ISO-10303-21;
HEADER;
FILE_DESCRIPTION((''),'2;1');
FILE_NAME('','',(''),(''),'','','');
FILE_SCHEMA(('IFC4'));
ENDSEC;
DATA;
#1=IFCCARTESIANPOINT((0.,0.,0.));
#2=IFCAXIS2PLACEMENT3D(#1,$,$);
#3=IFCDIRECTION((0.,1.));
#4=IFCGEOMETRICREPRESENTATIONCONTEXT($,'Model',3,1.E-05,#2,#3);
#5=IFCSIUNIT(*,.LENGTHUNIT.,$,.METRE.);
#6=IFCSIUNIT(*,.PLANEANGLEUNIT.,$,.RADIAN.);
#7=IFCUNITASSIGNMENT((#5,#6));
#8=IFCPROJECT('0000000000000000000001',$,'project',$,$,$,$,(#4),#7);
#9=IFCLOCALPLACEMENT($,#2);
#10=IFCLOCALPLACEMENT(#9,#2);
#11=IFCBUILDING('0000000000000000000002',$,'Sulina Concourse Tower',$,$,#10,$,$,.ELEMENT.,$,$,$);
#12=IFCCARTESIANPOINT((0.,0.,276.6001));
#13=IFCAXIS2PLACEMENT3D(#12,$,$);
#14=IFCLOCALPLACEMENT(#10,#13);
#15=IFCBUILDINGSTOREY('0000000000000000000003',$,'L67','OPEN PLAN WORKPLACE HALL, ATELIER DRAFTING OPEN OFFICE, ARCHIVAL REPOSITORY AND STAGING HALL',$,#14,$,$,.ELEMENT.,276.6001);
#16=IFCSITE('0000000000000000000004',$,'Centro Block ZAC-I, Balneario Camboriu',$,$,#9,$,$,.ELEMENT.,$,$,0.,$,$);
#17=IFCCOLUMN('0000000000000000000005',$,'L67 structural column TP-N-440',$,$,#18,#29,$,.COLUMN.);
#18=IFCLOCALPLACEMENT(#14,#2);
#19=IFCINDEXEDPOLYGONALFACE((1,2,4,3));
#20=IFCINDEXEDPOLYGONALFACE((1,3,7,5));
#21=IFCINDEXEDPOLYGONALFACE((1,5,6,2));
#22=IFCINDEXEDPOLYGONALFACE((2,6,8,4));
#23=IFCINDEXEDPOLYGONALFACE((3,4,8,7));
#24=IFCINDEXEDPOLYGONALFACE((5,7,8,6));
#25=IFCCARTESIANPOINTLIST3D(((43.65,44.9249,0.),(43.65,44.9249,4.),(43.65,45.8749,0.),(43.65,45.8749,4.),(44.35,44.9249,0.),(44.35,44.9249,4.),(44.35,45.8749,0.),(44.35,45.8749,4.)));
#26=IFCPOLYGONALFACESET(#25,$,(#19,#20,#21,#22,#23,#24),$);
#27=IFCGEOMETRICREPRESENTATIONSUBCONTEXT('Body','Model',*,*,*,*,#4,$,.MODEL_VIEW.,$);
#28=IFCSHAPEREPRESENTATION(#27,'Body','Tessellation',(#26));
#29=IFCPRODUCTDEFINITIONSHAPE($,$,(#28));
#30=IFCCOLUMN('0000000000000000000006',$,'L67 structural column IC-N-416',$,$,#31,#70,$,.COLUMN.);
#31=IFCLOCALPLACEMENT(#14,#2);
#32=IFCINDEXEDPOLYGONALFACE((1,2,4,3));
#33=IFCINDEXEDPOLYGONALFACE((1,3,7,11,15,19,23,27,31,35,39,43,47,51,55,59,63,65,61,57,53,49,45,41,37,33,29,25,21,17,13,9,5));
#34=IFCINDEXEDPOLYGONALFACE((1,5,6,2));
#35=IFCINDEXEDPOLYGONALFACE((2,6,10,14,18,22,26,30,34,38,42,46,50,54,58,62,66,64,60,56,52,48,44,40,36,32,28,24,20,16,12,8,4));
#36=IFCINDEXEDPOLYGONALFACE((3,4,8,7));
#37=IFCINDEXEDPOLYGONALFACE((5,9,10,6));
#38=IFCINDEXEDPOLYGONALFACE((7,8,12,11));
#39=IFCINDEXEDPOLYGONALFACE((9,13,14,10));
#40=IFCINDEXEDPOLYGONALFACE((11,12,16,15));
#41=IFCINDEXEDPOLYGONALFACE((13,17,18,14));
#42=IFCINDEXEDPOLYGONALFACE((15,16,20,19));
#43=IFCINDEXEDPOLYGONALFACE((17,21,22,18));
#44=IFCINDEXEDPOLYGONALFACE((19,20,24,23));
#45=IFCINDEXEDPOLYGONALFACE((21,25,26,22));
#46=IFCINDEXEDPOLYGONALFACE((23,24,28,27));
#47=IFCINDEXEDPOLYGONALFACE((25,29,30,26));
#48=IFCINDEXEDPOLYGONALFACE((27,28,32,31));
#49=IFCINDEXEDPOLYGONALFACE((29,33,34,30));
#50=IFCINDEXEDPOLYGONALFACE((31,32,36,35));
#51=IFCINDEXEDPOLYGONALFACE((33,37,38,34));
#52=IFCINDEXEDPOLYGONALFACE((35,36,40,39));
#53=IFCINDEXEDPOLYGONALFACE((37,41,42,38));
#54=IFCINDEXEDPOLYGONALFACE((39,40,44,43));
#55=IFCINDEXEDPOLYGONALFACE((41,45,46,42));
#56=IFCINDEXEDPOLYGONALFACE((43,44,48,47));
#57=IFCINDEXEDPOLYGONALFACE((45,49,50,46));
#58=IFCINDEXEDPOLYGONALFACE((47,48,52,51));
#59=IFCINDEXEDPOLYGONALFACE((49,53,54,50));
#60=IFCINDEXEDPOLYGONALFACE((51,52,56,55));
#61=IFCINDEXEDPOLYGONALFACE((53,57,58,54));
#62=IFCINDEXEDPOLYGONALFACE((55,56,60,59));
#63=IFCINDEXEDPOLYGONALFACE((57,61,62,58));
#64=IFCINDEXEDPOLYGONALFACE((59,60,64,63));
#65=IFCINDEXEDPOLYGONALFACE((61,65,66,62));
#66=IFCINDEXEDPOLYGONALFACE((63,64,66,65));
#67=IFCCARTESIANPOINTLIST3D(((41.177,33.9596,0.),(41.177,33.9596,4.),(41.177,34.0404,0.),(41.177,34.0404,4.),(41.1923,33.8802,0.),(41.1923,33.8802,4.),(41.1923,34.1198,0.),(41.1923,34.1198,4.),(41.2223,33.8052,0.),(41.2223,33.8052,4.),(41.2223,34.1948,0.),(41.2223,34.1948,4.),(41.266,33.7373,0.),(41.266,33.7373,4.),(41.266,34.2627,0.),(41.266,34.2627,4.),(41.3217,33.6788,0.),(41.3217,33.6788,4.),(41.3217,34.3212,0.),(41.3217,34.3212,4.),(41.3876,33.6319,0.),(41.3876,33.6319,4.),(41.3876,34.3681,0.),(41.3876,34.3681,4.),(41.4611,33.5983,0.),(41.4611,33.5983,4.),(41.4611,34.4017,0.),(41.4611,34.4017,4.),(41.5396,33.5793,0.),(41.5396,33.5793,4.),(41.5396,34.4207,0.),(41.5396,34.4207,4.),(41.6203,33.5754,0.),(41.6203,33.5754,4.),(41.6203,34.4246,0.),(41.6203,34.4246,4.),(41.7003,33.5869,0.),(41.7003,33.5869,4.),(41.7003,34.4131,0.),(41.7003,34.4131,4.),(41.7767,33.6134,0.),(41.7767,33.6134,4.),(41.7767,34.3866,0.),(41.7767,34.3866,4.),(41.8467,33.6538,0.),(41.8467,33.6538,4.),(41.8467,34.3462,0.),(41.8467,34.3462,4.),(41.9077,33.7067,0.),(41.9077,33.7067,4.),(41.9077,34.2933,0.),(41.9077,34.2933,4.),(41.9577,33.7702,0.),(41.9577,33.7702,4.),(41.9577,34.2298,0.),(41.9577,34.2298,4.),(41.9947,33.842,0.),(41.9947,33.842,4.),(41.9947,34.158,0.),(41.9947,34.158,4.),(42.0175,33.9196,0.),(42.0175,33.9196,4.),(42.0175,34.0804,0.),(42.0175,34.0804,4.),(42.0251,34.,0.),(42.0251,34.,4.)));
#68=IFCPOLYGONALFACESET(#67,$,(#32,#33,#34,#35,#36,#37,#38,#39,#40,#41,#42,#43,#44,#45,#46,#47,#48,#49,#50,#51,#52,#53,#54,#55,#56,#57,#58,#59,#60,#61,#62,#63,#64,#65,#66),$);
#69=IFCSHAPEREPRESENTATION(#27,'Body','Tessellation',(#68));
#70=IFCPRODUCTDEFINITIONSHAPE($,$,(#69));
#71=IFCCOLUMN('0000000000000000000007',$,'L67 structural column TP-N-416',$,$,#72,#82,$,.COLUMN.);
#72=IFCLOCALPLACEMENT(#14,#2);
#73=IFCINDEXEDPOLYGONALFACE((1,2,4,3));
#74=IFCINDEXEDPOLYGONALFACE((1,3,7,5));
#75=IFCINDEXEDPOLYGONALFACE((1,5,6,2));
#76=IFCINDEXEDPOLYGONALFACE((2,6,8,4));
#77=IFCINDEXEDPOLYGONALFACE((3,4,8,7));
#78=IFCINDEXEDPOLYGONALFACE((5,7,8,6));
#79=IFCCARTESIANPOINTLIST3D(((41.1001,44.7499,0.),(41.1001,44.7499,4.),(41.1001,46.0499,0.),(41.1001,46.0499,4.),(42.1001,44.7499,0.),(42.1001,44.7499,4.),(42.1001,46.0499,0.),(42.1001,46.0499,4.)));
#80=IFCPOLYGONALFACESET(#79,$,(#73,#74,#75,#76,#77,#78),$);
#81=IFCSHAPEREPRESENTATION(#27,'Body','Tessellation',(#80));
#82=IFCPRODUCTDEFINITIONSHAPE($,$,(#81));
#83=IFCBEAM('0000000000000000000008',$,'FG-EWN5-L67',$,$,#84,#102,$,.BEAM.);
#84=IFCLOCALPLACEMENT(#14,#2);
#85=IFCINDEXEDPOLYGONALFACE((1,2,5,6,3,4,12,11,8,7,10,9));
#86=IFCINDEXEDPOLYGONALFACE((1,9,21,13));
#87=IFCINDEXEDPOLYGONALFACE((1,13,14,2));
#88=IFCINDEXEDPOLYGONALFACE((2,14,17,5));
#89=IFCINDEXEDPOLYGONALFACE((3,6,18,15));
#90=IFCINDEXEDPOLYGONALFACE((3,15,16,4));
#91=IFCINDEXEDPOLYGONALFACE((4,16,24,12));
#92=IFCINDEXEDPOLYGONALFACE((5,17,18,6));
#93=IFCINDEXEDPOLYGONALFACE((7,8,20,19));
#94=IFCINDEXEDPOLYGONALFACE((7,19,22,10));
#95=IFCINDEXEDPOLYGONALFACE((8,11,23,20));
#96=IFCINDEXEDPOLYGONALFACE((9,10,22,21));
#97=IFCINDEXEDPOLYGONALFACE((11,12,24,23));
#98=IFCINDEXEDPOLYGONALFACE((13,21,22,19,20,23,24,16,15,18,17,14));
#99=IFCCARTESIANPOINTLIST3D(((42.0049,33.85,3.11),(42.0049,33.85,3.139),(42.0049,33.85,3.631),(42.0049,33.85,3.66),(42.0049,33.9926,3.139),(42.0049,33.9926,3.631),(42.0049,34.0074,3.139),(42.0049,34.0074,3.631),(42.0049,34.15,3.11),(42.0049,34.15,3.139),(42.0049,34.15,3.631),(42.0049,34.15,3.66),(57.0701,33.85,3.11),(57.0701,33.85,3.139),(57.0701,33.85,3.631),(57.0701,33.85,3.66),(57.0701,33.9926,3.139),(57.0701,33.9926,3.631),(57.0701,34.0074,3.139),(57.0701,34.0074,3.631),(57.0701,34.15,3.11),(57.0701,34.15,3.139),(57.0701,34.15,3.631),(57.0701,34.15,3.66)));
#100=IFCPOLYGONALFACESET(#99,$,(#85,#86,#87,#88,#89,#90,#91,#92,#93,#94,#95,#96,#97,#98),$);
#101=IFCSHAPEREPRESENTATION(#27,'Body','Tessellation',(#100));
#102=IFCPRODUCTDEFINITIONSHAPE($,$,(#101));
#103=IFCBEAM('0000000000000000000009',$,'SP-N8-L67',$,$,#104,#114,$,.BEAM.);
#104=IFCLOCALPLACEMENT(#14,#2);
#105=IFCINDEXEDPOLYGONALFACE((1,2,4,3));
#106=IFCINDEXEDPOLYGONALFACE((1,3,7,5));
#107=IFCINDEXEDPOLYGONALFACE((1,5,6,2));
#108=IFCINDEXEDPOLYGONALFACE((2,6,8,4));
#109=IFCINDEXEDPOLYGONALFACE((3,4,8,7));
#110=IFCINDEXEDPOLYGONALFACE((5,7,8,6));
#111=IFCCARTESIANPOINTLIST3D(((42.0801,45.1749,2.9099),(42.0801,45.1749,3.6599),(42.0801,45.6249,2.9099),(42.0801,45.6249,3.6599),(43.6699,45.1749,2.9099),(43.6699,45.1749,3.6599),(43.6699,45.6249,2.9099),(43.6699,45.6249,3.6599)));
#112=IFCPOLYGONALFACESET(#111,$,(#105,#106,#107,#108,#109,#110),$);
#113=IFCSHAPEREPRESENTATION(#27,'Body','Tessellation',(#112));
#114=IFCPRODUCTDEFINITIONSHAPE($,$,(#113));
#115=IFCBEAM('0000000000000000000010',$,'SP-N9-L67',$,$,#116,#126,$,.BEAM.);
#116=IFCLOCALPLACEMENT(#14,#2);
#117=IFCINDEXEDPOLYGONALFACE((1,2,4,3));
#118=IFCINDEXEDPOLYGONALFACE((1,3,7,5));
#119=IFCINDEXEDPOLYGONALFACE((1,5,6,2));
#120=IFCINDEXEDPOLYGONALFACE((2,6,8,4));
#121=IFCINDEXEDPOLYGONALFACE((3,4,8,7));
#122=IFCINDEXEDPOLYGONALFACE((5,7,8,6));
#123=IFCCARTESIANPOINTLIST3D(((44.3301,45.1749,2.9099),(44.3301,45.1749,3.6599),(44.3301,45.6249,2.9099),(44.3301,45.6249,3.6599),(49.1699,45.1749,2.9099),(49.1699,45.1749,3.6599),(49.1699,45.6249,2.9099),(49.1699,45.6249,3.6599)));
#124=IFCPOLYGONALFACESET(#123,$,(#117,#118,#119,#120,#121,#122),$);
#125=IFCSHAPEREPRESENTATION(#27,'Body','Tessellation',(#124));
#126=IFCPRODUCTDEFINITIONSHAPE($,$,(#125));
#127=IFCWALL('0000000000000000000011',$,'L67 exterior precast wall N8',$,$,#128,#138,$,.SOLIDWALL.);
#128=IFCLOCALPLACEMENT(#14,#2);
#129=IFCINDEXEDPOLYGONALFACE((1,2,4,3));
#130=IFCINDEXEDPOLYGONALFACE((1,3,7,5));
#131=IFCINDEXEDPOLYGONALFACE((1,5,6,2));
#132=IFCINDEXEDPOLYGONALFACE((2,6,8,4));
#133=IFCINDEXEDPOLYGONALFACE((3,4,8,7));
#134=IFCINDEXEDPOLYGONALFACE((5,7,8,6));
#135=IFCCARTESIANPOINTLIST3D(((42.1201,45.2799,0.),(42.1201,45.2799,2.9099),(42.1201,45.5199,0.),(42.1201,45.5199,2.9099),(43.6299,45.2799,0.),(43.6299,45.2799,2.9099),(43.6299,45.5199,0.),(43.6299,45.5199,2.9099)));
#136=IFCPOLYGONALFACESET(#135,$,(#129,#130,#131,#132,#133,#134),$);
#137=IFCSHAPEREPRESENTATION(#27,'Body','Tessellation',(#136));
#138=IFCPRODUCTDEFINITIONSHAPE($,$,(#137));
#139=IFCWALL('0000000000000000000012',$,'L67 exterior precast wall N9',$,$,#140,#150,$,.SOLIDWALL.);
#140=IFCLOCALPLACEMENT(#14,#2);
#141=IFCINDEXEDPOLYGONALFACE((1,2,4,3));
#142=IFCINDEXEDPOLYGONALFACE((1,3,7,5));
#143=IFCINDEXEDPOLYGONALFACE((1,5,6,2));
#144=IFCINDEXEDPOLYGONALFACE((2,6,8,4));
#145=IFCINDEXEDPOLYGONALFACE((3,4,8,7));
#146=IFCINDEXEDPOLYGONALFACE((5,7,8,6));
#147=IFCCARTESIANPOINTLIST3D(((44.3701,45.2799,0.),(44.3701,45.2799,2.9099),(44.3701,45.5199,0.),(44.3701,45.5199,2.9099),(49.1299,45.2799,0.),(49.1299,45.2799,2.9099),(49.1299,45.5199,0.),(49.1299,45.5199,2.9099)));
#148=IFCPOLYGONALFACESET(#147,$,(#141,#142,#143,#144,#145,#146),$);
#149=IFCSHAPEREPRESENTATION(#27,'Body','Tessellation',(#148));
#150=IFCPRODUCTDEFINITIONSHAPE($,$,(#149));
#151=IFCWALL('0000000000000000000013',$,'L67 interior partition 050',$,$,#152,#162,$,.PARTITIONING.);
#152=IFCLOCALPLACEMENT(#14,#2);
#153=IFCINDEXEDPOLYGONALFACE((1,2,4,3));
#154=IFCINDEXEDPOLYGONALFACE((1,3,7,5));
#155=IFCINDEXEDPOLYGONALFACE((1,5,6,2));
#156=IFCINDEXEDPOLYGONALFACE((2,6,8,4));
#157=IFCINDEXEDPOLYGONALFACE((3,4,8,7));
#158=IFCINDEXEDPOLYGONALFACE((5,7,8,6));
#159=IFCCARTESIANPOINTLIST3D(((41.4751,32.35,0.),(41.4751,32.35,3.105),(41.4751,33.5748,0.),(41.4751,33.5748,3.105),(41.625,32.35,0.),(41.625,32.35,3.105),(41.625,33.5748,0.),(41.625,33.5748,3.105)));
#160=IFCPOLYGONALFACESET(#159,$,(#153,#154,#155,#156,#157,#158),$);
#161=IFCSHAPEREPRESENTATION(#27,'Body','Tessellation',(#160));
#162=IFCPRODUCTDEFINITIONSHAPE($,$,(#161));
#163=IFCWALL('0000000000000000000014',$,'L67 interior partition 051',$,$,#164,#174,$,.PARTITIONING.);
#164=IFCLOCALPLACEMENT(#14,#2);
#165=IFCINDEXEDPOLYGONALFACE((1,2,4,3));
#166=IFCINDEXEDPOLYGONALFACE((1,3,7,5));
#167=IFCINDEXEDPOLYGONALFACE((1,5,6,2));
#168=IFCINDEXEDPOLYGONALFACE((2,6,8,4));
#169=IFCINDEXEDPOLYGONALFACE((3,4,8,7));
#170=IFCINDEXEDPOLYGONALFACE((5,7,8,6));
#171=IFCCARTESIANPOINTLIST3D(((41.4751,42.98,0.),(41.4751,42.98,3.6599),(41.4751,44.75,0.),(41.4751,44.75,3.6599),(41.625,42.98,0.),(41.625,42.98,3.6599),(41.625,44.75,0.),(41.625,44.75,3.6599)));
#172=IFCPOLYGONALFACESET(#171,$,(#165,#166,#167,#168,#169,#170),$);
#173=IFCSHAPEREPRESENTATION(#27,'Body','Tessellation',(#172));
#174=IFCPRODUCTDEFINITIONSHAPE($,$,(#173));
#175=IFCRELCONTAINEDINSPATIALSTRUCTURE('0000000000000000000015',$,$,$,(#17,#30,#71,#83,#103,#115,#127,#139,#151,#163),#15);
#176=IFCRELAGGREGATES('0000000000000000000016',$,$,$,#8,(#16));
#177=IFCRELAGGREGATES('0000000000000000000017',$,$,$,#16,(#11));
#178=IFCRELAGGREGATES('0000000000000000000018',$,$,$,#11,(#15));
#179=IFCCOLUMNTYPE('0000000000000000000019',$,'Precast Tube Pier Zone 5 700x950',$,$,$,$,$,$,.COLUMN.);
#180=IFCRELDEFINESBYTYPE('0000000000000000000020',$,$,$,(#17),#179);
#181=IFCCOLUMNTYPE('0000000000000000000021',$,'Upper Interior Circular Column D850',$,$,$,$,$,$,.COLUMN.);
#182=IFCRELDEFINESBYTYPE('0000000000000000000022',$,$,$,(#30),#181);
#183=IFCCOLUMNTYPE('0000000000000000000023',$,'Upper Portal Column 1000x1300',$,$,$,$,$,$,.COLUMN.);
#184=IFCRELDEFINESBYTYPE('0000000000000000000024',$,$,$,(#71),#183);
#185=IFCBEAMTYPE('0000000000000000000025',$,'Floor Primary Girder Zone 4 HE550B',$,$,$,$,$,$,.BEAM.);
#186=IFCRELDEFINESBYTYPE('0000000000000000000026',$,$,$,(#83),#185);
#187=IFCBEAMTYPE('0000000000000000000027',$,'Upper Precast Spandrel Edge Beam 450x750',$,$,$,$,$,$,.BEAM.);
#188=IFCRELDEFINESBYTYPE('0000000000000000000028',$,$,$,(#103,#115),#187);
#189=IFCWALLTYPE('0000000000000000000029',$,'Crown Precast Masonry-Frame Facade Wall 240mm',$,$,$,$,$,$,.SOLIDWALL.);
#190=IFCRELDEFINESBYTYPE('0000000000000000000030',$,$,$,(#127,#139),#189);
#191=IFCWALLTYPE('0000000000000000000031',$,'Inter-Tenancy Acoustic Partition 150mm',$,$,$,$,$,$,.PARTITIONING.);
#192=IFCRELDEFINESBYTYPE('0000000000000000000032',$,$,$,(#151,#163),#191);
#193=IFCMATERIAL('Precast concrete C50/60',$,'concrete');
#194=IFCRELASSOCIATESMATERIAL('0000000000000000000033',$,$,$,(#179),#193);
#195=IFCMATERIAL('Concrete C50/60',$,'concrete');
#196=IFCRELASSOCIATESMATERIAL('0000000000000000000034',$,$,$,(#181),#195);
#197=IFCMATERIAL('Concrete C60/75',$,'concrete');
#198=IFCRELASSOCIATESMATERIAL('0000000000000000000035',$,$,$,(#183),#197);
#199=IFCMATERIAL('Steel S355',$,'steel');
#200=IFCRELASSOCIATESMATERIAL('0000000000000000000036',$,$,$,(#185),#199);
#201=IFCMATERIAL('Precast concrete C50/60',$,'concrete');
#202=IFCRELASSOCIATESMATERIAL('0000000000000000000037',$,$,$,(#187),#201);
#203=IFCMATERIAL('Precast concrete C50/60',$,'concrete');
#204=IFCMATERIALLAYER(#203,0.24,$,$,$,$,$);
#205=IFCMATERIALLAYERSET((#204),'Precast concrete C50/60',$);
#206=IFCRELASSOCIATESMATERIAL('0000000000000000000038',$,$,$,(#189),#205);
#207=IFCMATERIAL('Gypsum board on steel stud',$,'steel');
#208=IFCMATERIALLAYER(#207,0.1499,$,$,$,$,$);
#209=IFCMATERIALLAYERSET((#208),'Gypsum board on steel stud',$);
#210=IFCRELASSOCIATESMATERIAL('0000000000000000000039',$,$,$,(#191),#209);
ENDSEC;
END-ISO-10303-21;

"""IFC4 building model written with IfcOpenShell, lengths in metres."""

from ifc_helpers import new_model, si_unit, direction, frame, frame_2d, origin, origin_2d, place, context, subcontext, project, spatial, rectangle, circle, i_section, extrude, material, layer, layer_set, material_profile, profile_set, type_object, element, save


model = new_model("IFC4")

# Units and contexts
model_context = context("Model", 3, precision=1e-05, world=origin(), true_north=direction((0.0, 1.0)))
body_context = subcontext(model_context, "Body", "Model", "MODEL_VIEW")
ifc_project = project(units=[si_unit("LENGTHUNIT", "METRE"), si_unit("PLANEANGLEUNIT", "RADIAN")], contexts=[model_context])

# Site, building, storey
site_placement = place(None, origin())
site = spatial("IfcSite", under=ifc_project, at=site_placement, Name="Centro Block ZAC-I, Balneario Camboriu", CompositionType="ELEMENT", RefElevation=0.0)
building_placement = place(site_placement, origin())
building = spatial("IfcBuilding", under=site, at=building_placement, Name="Sulina Concourse Tower", CompositionType="ELEMENT")
storey_placement = place(building_placement, frame((0.0, 0.0, 276.6001)))
storey = spatial("IfcBuildingStorey", under=building, at=storey_placement, Name="L67", Description="OPEN PLAN WORKPLACE HALL, ATELIER DRAFTING OPEN OFFICE, ARCHIVAL REPOSITORY AND STAGING HALL", CompositionType="ELEMENT", Elevation=276.6001)

# Columns
ifc_material_1 = material(Name="Precast concrete C50/60", Category="concrete")
ifc_material_profile_1 = material_profile(ifc_material_1, rectangle(XDim=0.7, YDim=0.95, at=origin_2d()), Name="PC 700x950")
ifc_profile_set_1 = profile_set([ifc_material_profile_1], Name="Precast concrete C50/60")
column_type_1 = type_object("IfcColumnType", Name="Precast Tube Pier Zone 5 700x950", PredefinedType="COLUMN", material=ifc_profile_set_1)
column_1_placement = place(storey_placement, frame((44.0, 45.3999, 0.0), z_axis=(0.0, 0.0, 1.0), x_axis=(1.0, 0.0, 0.0)))
element("IfcColumn", 1, at=column_1_placement, inside=storey, type_object=column_type_1, Name="L67 structural column TP-N-440", PredefinedType="COLUMN", context=body_context, shape_type="SweptSolid", body=[
    extrude(rectangle(XDim=0.7, YDim=0.95, at=origin_2d()), origin(), (0.0, 0.0, 1.0), 4.0),
])
ifc_material_2 = material(Name="Concrete C50/60", Category="concrete")
ifc_material_profile_2 = material_profile(ifc_material_2, circle(Radius=0.425, at=origin_2d()), Name="RC D850")
ifc_profile_set_2 = profile_set([ifc_material_profile_2], Name="Concrete C50/60")
column_type_2 = type_object("IfcColumnType", Name="Upper Interior Circular Column D850", PredefinedType="COLUMN", material=ifc_profile_set_2)
column_2_placement = place(storey_placement, frame((41.6001, 34.0, 0.0), z_axis=(0.0, 0.0, 1.0), x_axis=(1.0, 0.0, 0.0)))
element("IfcColumn", 2, at=column_2_placement, inside=storey, type_object=column_type_2, Name="L67 structural column IC-N-416", PredefinedType="COLUMN", context=body_context, shape_type="SweptSolid", body=[
    extrude(circle(Radius=0.425, at=origin_2d()), origin(), (0.0, 0.0, 1.0), 4.0),
])
ifc_material_3 = material(Name="Concrete C60/75", Category="concrete")
ifc_material_profile_3 = material_profile(ifc_material_3, rectangle(XDim=1.0, YDim=1.3, at=origin_2d()), Name="RC 1000x1300")
ifc_profile_set_3 = profile_set([ifc_material_profile_3], Name="Concrete C60/75")
column_type_3 = type_object("IfcColumnType", Name="Upper Portal Column 1000x1300", PredefinedType="COLUMN", material=ifc_profile_set_3)
column_3_placement = place(storey_placement, frame((41.6001, 45.3999, 0.0), z_axis=(0.0, 0.0, 1.0), x_axis=(1.0, 0.0, 0.0)))
element("IfcColumn", 3, at=column_3_placement, inside=storey, type_object=column_type_3, Name="L67 structural column TP-N-416", PredefinedType="COLUMN", context=body_context, shape_type="SweptSolid", body=[
    extrude(rectangle(XDim=1.0, YDim=1.3, at=origin_2d()), origin(), (0.0, 0.0, 1.0), 4.0),
])

# Beams
ifc_material_4 = material(Name="Steel S355", Category="steel")
ifc_material_profile_4 = material_profile(ifc_material_4, i_section(OverallWidth=0.3, OverallDepth=0.55, WebThickness=0.0149, FlangeThickness=0.0291, at=origin_2d()), Name="HE 550 B")
ifc_profile_set_4 = profile_set([ifc_material_profile_4], Name="Steel S355")
beam_type_1 = type_object("IfcBeamType", Name="Floor Primary Girder Zone 4 HE550B", PredefinedType="BEAM", material=ifc_profile_set_4)
beam_1_placement = place(storey_placement, frame((42.0049, 34.0, 3.385), z_axis=(1.0, 0.0, 0.0), x_axis=(0.0, 1.0, 0.0)))
element("IfcBeam", 4, at=beam_1_placement, inside=storey, type_object=beam_type_1, Name="FG-EWN5-L67", PredefinedType="BEAM", context=body_context, shape_type="SweptSolid", body=[
    extrude(i_section(OverallWidth=0.3, OverallDepth=0.55, WebThickness=0.0149, FlangeThickness=0.0291, at=origin_2d()), origin(), (0.0, 0.0, 1.0), 15.0652),
])
ifc_material_5 = material(Name="Precast concrete C50/60", Category="concrete")
ifc_material_profile_5 = material_profile(ifc_material_5, rectangle(XDim=0.45, YDim=0.75, at=origin_2d()), Name="RC 450x750")
ifc_profile_set_5 = profile_set([ifc_material_profile_5], Name="Precast concrete C50/60")
beam_type_2 = type_object("IfcBeamType", Name="Upper Precast Spandrel Edge Beam 450x750", PredefinedType="BEAM", material=ifc_profile_set_5)
beam_2_placement = place(storey_placement, frame((42.0801, 45.3999, 3.2849), z_axis=(1.0, 0.0, 0.0), x_axis=(0.0, 1.0, 0.0)))
element("IfcBeam", 5, at=beam_2_placement, inside=storey, type_object=beam_type_2, Name="SP-N8-L67", PredefinedType="BEAM", context=body_context, shape_type="SweptSolid", body=[
    extrude(rectangle(XDim=0.45, YDim=0.75, at=origin_2d()), origin(), (0.0, 0.0, 1.0), 1.5898),
])
beam_3_placement = place(storey_placement, frame((44.3301, 45.3999, 3.2849), z_axis=(1.0, 0.0, 0.0), x_axis=(0.0, 1.0, 0.0)))
element("IfcBeam", 6, at=beam_3_placement, inside=storey, type_object=beam_type_2, Name="SP-N9-L67", PredefinedType="BEAM", context=body_context, shape_type="SweptSolid", body=[
    extrude(rectangle(XDim=0.45, YDim=0.75, at=origin_2d()), origin(), (0.0, 0.0, 1.0), 4.8398),
])

# Walls
ifc_material_6 = material(Name="Precast concrete C50/60", Category="concrete")
ifc_layer_1 = layer(ifc_material_6, 0.24)
ifc_layer_set_1 = layer_set([ifc_layer_1], Name="Precast concrete C50/60")
wall_type_1 = type_object("IfcWallType", Name="Crown Precast Masonry-Frame Facade Wall 240mm", PredefinedType="SOLIDWALL", material=ifc_layer_set_1)
wall_1_placement = place(storey_placement, frame((42.1201, 45.3999, 0.0), z_axis=(0.0, 0.0, 1.0), x_axis=(1.0, 0.0, 0.0)))
element("IfcWall", 7, at=wall_1_placement, inside=storey, type_object=wall_type_1, Name="L67 exterior precast wall N8", PredefinedType="SOLIDWALL", context=body_context, shape_type="SweptSolid", body=[
    extrude(rectangle(XDim=1.5098, YDim=0.24, at=frame_2d((0.7549, 0.0))), origin(), (0.0, 0.0, 1.0), 2.9099),
])
wall_2_placement = place(storey_placement, frame((44.3701, 45.3999, 0.0), z_axis=(0.0, 0.0, 1.0), x_axis=(1.0, 0.0, 0.0)))
element("IfcWall", 8, at=wall_2_placement, inside=storey, type_object=wall_type_1, Name="L67 exterior precast wall N9", PredefinedType="SOLIDWALL", context=body_context, shape_type="SweptSolid", body=[
    extrude(rectangle(XDim=4.7598, YDim=0.24, at=frame_2d((2.3799, 0.0))), origin(), (0.0, 0.0, 1.0), 2.9099),
])
ifc_material_7 = material(Name="Gypsum board on steel stud", Category="steel")
ifc_layer_2 = layer(ifc_material_7, 0.1499)
ifc_layer_set_2 = layer_set([ifc_layer_2], Name="Gypsum board on steel stud")
wall_type_2 = type_object("IfcWallType", Name="Inter-Tenancy Acoustic Partition 150mm", PredefinedType="PARTITIONING", material=ifc_layer_set_2)
wall_3_placement = place(storey_placement, frame((41.55, 32.3501, 0.0), z_axis=(0.0, 0.0, 1.0), x_axis=(0.0, 1.0, 0.0)))
element("IfcWall", 9, at=wall_3_placement, inside=storey, type_object=wall_type_2, Name="L67 interior partition 050", PredefinedType="PARTITIONING", context=body_context, shape_type="SweptSolid", body=[
    extrude(rectangle(XDim=1.2249, YDim=0.1499, at=frame_2d((0.6123, 0.0))), origin(), (0.0, 0.0, 1.0), 3.105),
])
wall_4_placement = place(storey_placement, frame((41.55, 42.98, 0.0), z_axis=(0.0, 0.0, 1.0), x_axis=(0.0, 1.0, 0.0)))
element("IfcWall", 10, at=wall_4_placement, inside=storey, type_object=wall_type_2, Name="L67 interior partition 051", PredefinedType="PARTITIONING", context=body_context, shape_type="SweptSolid", body=[
    extrude(rectangle(XDim=1.77, YDim=0.1499, at=frame_2d((0.885, 0.0))), origin(), (0.0, 0.0, 1.0), 3.6599),
])

save(model, "model.ifc")
